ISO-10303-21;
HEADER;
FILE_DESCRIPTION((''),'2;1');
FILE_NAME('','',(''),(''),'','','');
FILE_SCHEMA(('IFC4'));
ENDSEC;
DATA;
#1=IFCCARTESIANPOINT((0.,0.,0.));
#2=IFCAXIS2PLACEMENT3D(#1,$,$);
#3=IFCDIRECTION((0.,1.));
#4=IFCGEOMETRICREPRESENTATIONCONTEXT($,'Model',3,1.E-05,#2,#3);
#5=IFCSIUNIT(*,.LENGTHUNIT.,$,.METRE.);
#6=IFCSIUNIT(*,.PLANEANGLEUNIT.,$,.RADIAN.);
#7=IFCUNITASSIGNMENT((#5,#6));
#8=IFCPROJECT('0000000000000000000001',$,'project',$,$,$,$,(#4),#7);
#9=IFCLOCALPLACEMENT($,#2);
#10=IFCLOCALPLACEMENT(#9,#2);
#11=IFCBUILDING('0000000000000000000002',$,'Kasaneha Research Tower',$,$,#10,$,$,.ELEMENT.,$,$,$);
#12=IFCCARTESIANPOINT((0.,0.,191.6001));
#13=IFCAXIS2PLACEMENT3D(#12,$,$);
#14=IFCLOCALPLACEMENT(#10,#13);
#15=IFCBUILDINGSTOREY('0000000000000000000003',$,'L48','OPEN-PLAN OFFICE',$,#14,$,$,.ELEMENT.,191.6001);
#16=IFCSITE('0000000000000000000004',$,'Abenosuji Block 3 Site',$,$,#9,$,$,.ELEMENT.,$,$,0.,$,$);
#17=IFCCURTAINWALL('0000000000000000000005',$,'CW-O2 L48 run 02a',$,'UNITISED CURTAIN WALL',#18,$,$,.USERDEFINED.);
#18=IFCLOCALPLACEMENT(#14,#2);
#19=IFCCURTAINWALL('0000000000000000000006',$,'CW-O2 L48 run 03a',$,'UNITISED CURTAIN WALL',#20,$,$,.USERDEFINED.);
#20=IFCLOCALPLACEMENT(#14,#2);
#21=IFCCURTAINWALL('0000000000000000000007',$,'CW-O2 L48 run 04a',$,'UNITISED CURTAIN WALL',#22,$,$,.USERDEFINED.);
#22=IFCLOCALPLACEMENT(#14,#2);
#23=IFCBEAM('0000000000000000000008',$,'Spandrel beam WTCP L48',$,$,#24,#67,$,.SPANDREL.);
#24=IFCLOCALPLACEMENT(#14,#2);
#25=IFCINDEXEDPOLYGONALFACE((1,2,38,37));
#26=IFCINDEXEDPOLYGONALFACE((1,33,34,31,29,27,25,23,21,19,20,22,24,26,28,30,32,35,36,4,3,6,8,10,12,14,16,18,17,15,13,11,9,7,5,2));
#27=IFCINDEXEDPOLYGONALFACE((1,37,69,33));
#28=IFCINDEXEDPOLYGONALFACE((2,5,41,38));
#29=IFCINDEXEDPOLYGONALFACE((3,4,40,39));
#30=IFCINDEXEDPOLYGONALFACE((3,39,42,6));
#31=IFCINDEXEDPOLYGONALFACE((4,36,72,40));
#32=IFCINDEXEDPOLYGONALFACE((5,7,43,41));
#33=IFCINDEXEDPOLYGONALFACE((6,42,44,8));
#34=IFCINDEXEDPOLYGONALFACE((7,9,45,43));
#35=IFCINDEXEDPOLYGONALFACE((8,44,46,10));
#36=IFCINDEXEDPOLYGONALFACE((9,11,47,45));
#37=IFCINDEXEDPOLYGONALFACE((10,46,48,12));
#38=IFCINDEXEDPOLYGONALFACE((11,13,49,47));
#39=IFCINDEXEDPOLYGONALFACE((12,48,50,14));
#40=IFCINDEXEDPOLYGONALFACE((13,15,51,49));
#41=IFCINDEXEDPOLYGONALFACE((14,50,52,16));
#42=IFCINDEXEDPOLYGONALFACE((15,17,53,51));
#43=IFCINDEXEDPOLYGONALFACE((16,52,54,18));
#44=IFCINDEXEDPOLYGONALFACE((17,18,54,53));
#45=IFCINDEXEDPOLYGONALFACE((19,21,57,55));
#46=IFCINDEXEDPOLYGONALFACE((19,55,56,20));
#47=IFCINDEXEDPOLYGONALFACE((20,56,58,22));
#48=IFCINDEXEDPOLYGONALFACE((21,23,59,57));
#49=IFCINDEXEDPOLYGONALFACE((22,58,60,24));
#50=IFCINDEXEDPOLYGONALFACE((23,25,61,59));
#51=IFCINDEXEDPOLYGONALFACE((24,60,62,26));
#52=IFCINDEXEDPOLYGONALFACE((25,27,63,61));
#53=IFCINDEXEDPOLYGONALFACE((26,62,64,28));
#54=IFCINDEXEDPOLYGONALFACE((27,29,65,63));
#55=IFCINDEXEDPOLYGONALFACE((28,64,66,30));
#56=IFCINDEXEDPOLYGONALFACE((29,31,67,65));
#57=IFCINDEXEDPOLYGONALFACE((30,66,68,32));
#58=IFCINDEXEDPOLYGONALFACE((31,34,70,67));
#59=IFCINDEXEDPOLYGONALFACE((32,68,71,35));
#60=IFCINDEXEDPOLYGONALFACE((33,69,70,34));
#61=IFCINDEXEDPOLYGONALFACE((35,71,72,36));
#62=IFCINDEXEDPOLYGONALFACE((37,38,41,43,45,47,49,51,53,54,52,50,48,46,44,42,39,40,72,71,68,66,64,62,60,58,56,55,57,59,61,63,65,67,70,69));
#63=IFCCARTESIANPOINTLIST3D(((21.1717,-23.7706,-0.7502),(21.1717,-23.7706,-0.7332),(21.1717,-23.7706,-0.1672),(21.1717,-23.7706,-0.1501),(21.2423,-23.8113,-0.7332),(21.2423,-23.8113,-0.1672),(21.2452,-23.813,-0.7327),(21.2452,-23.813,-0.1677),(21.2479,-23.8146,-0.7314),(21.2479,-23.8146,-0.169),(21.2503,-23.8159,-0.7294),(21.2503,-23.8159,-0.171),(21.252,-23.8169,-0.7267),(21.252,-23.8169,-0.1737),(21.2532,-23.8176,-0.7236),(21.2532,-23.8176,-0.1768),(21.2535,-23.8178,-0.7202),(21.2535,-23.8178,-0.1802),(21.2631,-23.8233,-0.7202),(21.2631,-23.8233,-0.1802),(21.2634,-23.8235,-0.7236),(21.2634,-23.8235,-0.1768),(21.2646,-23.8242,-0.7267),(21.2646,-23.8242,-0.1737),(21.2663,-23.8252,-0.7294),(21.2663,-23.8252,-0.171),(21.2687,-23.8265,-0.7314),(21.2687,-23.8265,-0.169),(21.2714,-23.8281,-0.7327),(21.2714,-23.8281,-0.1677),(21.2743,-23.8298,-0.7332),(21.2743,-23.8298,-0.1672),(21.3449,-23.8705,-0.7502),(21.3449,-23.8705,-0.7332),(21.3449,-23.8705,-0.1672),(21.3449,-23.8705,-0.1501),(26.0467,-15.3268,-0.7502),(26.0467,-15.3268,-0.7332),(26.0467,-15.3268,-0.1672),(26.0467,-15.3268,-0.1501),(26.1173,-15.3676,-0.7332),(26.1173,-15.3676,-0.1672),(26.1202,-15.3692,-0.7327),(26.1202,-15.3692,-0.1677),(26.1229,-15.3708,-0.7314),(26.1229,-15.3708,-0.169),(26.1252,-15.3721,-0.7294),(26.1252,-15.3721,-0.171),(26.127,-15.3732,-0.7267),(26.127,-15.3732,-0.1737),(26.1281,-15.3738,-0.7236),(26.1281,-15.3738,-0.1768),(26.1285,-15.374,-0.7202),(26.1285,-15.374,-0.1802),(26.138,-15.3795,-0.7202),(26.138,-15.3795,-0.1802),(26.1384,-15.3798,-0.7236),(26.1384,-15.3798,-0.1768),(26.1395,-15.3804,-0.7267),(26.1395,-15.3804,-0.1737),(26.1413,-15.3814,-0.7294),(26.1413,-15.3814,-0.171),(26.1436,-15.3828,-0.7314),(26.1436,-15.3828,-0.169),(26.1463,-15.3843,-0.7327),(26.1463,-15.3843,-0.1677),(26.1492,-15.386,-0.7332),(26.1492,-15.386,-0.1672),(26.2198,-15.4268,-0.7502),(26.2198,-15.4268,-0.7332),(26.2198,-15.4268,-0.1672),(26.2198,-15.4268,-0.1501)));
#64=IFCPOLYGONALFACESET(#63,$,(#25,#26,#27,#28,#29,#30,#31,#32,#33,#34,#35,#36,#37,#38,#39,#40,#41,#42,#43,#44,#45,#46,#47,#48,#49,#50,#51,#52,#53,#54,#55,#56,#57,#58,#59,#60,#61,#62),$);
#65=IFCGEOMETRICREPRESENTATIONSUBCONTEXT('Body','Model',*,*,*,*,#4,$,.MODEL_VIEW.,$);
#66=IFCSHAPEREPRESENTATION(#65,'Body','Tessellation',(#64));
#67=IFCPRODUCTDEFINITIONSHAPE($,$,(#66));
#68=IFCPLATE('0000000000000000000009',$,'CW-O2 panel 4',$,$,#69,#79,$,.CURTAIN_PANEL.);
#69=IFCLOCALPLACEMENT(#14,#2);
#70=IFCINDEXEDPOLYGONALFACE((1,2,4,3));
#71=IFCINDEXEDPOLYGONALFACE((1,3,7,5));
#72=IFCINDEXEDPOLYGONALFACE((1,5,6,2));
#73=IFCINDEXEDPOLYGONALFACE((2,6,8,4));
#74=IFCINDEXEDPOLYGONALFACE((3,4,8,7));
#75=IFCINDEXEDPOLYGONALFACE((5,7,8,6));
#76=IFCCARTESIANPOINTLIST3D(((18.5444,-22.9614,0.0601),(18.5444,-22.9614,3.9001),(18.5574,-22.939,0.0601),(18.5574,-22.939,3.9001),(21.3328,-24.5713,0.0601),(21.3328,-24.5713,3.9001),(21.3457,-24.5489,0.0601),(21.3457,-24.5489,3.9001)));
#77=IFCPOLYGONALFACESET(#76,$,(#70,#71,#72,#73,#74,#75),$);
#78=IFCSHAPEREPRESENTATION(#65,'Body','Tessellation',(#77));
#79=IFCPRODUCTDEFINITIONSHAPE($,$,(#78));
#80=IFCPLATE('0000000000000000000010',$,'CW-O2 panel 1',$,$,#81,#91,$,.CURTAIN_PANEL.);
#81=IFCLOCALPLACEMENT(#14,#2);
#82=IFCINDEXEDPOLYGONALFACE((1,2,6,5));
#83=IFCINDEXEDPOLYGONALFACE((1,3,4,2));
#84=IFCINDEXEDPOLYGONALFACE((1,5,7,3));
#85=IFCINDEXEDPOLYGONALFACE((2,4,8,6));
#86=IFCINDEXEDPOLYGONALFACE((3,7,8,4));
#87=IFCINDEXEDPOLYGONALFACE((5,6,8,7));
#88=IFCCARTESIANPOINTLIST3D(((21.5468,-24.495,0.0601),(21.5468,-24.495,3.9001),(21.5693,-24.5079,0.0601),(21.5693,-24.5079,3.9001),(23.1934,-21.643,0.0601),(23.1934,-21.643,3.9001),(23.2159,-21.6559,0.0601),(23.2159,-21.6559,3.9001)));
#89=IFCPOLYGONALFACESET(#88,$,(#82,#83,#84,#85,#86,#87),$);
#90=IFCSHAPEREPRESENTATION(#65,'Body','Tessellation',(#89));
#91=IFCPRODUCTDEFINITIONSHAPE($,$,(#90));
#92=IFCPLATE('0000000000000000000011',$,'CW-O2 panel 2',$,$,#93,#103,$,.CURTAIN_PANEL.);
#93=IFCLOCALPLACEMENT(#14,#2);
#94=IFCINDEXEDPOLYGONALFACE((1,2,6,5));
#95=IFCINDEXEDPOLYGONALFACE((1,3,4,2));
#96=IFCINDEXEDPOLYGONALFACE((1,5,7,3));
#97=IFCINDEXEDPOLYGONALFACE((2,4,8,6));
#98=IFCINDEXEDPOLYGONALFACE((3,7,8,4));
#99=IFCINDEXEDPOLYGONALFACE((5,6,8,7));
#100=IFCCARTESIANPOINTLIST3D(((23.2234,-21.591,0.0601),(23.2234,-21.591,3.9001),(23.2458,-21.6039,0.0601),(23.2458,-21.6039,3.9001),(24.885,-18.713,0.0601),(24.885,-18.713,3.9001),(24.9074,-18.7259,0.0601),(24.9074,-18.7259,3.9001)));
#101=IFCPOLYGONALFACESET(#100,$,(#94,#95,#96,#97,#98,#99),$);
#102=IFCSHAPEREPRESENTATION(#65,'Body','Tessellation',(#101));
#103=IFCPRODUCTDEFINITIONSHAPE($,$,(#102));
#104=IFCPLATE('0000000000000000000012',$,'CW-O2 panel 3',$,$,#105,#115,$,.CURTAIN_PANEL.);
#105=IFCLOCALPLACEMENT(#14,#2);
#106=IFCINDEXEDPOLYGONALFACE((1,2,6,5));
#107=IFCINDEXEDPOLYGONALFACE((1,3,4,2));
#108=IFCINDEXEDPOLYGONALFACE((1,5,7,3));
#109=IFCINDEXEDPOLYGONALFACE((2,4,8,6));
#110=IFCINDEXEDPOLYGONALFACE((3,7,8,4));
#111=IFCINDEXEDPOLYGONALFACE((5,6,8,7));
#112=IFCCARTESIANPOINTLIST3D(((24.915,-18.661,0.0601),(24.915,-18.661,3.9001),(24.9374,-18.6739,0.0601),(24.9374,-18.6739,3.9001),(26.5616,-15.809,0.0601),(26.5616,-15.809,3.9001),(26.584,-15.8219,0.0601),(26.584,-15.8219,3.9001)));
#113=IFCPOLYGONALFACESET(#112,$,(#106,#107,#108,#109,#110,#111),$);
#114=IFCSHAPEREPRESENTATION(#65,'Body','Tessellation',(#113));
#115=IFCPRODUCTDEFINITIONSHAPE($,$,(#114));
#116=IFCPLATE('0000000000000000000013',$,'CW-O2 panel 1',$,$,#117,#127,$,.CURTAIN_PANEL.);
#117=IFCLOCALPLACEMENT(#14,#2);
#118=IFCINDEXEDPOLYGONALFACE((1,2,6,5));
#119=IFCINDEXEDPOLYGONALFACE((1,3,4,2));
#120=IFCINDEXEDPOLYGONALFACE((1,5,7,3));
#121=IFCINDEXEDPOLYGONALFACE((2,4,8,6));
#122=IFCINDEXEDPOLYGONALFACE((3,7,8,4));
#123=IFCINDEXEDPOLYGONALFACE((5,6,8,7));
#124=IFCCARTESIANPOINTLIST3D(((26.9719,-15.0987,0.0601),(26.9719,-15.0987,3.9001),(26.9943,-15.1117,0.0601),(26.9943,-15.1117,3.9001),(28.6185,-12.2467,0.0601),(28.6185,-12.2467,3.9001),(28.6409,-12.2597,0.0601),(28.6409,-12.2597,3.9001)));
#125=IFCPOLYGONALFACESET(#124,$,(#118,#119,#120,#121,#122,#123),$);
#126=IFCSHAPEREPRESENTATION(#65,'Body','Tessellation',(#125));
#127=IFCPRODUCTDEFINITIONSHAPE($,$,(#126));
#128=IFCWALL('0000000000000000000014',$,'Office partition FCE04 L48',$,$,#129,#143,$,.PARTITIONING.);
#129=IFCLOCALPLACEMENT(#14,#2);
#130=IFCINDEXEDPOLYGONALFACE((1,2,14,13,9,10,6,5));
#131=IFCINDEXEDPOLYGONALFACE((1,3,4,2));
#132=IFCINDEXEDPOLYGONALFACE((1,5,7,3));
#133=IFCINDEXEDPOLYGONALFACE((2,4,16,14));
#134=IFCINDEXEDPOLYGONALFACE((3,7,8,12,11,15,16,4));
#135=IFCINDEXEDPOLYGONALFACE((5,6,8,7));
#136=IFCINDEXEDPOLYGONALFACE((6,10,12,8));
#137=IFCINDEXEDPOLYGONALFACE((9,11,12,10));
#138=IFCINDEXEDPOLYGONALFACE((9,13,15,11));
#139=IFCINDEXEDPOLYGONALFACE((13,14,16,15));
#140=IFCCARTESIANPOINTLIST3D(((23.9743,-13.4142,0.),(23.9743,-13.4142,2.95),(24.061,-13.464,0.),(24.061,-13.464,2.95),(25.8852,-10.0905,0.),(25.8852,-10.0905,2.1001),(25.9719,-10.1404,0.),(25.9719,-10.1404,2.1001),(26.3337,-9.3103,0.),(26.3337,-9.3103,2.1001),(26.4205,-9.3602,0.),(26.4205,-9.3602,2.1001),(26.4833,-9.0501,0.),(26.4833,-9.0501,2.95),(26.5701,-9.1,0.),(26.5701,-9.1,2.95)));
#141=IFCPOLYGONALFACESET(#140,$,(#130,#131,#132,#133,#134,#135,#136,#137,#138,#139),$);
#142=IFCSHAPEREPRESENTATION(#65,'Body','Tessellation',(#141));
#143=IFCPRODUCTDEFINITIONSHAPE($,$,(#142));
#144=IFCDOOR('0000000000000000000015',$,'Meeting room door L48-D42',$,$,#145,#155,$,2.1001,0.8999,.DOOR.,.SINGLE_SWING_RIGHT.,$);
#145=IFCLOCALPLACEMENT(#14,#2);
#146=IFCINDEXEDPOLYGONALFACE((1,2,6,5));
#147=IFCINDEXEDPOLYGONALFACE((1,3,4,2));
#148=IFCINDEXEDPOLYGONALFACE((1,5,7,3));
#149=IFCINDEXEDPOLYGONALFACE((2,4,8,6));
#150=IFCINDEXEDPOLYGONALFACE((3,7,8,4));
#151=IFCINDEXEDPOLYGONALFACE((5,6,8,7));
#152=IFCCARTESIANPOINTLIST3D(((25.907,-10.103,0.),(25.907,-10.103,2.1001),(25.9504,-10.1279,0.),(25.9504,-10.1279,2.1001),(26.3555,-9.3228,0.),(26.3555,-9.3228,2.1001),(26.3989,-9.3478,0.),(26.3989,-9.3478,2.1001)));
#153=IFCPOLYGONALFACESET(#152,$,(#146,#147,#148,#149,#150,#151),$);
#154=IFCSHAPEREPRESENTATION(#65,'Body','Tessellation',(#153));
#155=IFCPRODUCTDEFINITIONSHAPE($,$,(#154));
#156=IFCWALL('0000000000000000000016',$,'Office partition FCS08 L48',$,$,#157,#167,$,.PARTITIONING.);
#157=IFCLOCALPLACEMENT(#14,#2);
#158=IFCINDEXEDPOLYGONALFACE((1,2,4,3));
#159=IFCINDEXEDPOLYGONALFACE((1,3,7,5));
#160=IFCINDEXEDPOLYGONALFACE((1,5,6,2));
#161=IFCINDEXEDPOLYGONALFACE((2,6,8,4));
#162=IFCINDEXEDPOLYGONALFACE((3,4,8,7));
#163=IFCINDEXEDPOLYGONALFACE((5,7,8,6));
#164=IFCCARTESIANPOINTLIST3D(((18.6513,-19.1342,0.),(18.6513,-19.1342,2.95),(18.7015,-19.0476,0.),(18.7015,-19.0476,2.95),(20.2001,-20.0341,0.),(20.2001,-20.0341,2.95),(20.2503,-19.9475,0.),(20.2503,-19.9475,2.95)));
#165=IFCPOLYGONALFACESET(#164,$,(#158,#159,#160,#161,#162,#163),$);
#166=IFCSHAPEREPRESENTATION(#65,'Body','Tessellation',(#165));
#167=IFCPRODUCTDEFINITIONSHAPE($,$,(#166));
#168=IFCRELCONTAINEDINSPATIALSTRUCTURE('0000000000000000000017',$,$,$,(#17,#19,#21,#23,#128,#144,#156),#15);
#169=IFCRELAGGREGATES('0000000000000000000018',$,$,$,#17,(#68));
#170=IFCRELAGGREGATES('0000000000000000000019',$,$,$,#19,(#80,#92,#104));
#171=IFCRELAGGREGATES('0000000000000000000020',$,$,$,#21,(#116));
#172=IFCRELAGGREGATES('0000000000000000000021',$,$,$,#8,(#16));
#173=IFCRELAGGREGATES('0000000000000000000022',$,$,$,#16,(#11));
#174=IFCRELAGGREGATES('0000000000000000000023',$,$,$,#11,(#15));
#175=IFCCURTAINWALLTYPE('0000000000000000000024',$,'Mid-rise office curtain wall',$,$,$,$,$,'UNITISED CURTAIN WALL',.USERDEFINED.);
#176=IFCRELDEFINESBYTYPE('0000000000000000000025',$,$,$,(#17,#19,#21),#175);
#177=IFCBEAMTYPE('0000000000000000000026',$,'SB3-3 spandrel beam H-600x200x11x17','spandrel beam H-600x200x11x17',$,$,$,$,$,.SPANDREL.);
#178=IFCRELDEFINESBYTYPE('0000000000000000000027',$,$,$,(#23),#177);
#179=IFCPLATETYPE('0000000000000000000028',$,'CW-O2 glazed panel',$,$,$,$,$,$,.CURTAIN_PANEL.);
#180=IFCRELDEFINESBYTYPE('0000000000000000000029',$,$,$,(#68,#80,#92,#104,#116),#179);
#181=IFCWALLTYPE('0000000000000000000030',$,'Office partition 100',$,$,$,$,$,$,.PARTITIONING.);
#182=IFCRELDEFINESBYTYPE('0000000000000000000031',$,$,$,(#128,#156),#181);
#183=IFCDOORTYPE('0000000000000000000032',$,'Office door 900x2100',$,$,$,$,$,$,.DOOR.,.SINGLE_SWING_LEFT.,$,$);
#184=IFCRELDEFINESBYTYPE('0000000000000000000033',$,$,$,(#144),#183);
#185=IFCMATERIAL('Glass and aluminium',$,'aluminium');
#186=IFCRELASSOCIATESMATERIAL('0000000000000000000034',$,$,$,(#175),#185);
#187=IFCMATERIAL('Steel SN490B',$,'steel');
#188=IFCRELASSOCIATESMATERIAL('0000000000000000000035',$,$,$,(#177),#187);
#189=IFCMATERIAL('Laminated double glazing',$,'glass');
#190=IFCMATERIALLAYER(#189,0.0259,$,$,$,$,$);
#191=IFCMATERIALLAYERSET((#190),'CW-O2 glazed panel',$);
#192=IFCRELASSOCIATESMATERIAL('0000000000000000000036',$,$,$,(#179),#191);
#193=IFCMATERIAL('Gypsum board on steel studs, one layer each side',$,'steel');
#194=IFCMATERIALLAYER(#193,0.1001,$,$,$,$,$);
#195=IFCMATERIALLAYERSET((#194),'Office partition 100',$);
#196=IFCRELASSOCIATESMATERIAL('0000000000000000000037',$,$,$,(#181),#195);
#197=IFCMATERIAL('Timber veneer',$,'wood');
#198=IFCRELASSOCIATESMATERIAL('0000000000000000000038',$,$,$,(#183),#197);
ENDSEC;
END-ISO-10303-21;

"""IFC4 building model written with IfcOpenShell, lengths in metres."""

from ifc_helpers import new_model, si_unit, direction, frame, frame_2d, origin, origin_2d, place, context, subcontext, project, spatial, rectangle, i_section, extrude, material, layer, layer_set, material_profile, profile_set, type_object, element, fill, aggregate, save


model = new_model("IFC4")

# Units and contexts
model_context = context("Model", 3, precision=1e-05, world=origin(), true_north=direction((0.0, 1.0)))
body_context = subcontext(model_context, "Body", "Model", "MODEL_VIEW")
ifc_project = project(units=[si_unit("LENGTHUNIT", "METRE"), si_unit("PLANEANGLEUNIT", "RADIAN")], contexts=[model_context])

# Site, building, storey
site_placement = place(None, origin())
site = spatial("IfcSite", under=ifc_project, at=site_placement, Name="Abenosuji Block 3 Site", CompositionType="ELEMENT", RefElevation=0.0)
building_placement = place(site_placement, origin())
building = spatial("IfcBuilding", under=site, at=building_placement, Name="Kasaneha Research Tower", CompositionType="ELEMENT")
storey_placement = place(building_placement, frame((0.0, 0.0, 191.6001)))
storey = spatial("IfcBuildingStorey", under=building, at=storey_placement, Name="L48", Description="OPEN-PLAN OFFICE", CompositionType="ELEMENT", Elevation=191.6001)

# Curtain wall
ifc_material_1 = material(Name="Glass and aluminium", Category="aluminium")
curtain_wall_type = type_object("IfcCurtainWallType", Name="Mid-rise office curtain wall", ElementType="UNITISED CURTAIN WALL", PredefinedType="USERDEFINED", material=ifc_material_1)
curtain_wall_1_placement = place(storey_placement, origin())
curtain_wall_1 = element("IfcCurtainWall", 1, at=curtain_wall_1_placement, inside=storey, type_object=curtain_wall_type, Name="CW-O2 L48 run 02a", ObjectType="UNITISED CURTAIN WALL", PredefinedType="USERDEFINED")

# Curtain walls
curtain_wall_2_placement = place(storey_placement, origin())
curtain_wall_2 = element("IfcCurtainWall", 2, at=curtain_wall_2_placement, inside=storey, type_object=curtain_wall_type, Name="CW-O2 L48 run 03a", ObjectType="UNITISED CURTAIN WALL", PredefinedType="USERDEFINED")
curtain_wall_3_placement = place(storey_placement, origin())
curtain_wall_3 = element("IfcCurtainWall", 3, at=curtain_wall_3_placement, inside=storey, type_object=curtain_wall_type, Name="CW-O2 L48 run 04a", ObjectType="UNITISED CURTAIN WALL", PredefinedType="USERDEFINED")

# Beam
ifc_material_2 = material(Name="Steel SN490B", Category="steel")
ifc_material_profile_1 = material_profile(ifc_material_2, i_section(OverallWidth=0.2, OverallDepth=0.6001, WebThickness=0.011, FlangeThickness=0.0171, FilletRadius=0.0129, at=origin_2d()), Name="H-600x200x11x17")
ifc_profile_set_1 = profile_set([ifc_material_profile_1], Name="Steel SN490B")
beam_type = type_object("IfcBeamType", Name="SB3-3 spandrel beam H-600x200x11x17", Description="spandrel beam H-600x200x11x17", PredefinedType="SPANDREL", material=ifc_profile_set_1)
beam_placement = place(storey_placement, frame((21.2583, -23.8206, -0.4502), z_axis=(0.499996, 0.866028, 0.0), x_axis=(-0.866028, 0.499996, 0.0)))
element("IfcBeam", 4, at=beam_placement, inside=storey, type_object=beam_type, Name="Spandrel beam WTCP L48", PredefinedType="SPANDREL", context=body_context, shape_type="SweptSolid", body=[
    extrude(i_section(OverallWidth=0.2, OverallDepth=0.6001, WebThickness=0.011, FlangeThickness=0.0171, FilletRadius=0.0129, at=origin_2d()), origin(), (0.0, 0.0, 1.0), 9.75),
])

# Plates
ifc_material_3 = material(Name="Laminated double glazing", Category="glass")
ifc_layer_1 = layer(ifc_material_3, 0.0259)
ifc_layer_set_1 = layer_set([ifc_layer_1], Name="CW-O2 glazed panel")
plate_type = type_object("IfcPlateType", Name="CW-O2 glazed panel", PredefinedType="CURTAIN_PANEL", material=ifc_layer_set_1)
plate_1_placement = place(storey_placement, frame((19.9451, -23.7551, 0.0601), z_axis=(0.0, 0.0, 1.0), x_axis=(0.866025, -0.5, 0.0)))
plate_1 = element("IfcPlate", 5, at=plate_1_placement, type_object=plate_type, Name="CW-O2 panel 4", PredefinedType="CURTAIN_PANEL", context=body_context, shape_type="SweptSolid", body=[
    extrude(rectangle(XDim=3.2197, YDim=0.0259, at=origin_2d()), origin(), (0.0, 0.0, 1.0), 3.8401),
])
aggregate(curtain_wall_1, [plate_1])
plate_2_placement = place(storey_placement, frame((22.3813, -23.0754, 0.0601), z_axis=(0.0, 0.0, 1.0), x_axis=(0.5, 0.866025, 0.0)))
plate_2 = element("IfcPlate", 6, at=plate_2_placement, type_object=plate_type, Name="CW-O2 panel 1", PredefinedType="CURTAIN_PANEL", context=body_context, shape_type="SweptSolid", body=[
    extrude(rectangle(XDim=3.2932, YDim=0.0259, at=origin_2d()), origin(), (0.0, 0.0, 1.0), 3.8401),
])
plate_3_placement = place(storey_placement, frame((24.0654, -20.1584, 0.0601), z_axis=(0.0, 0.0, 1.0), x_axis=(0.5, 0.866025, 0.0)))
plate_3 = element("IfcPlate", 7, at=plate_3_placement, type_object=plate_type, Name="CW-O2 panel 2", PredefinedType="CURTAIN_PANEL", context=body_context, shape_type="SweptSolid", body=[
    extrude(rectangle(XDim=3.3232, YDim=0.0259, at=origin_2d()), origin(), (0.0, 0.0, 1.0), 3.8401),
])
plate_4_placement = place(storey_placement, frame((25.7495, -17.2415, 0.0601), z_axis=(0.0, 0.0, 1.0), x_axis=(0.5, 0.866025, 0.0)))
plate_4 = element("IfcPlate", 8, at=plate_4_placement, type_object=plate_type, Name="CW-O2 panel 3", PredefinedType="CURTAIN_PANEL", context=body_context, shape_type="SweptSolid", body=[
    extrude(rectangle(XDim=3.2932, YDim=0.0259, at=origin_2d()), origin(), (0.0, 0.0, 1.0), 3.8401),
])
aggregate(curtain_wall_2, [plate_2, plate_3, plate_4])
plate_5_placement = place(storey_placement, frame((27.8064, -13.6792, 0.0601), z_axis=(0.0, 0.0, 1.0), x_axis=(0.5, 0.866025, 0.0)))
plate_5 = element("IfcPlate", 9, at=plate_5_placement, type_object=plate_type, Name="CW-O2 panel 1", PredefinedType="CURTAIN_PANEL", context=body_context, shape_type="SweptSolid", body=[
    extrude(rectangle(XDim=3.2932, YDim=0.0259, at=origin_2d()), origin(), (0.0, 0.0, 1.0), 3.8401),
])
aggregate(curtain_wall_3, [plate_5])

# Wall, opening, door
ifc_material_4 = material(Name="Gypsum board on steel studs, one layer each side", Category="steel")
ifc_layer_2 = layer(ifc_material_4, 0.1001)
ifc_layer_set_2 = layer_set([ifc_layer_2], Name="Office partition 100")
wall_type_1 = type_object("IfcWallType", Name="Office partition 100", PredefinedType="PARTITIONING", material=ifc_layer_set_2)
wall_1_placement = place(storey_placement, frame((24.0176, -13.4392, 0.0), z_axis=(0.0, 0.0, 1.0), x_axis=(0.49843, 0.86693, 0.0)))
wall_1 = element("IfcWall", 10, at=wall_1_placement, inside=storey, type_object=wall_type_1, Name="Office partition FCE04 L48", PredefinedType="PARTITIONING", context=body_context, shape_type="SweptSolid", body=[
    extrude(rectangle(XDim=5.0339, YDim=0.1001, at=frame_2d((2.5171, 0.0))), origin(), (0.0, 0.0, 1.0), 2.95),
])
opening_1_placement = place(wall_1_placement, frame((3.834, 0.0, 0.0)))
opening_1 = element("IfcOpeningElement", 11, at=opening_1_placement, cuts=wall_1, PredefinedType="OPENING", context=body_context, shape_type="SweptSolid", body=[
    extrude(rectangle(XDim=0.8999, YDim=2.1001, at=frame_2d((0.45, 1.05))), frame((0.0, 0.0601, 0.0), z_axis=(0.0, -1.0, 0.0), x_axis=(1.0, 0.0, 0.0)), (0.0, 0.0, 1.0), 0.1201),
])
ifc_material_5 = material(Name="Timber veneer", Category="wood")
door_type_1 = type_object("IfcDoorType", Name="Office door 900x2100", OperationType="SINGLE_SWING_LEFT", PredefinedType="DOOR", material=ifc_material_5)
door_1_placement = place(opening_1_placement, origin())
door_1 = element("IfcDoor", 12, at=door_1_placement, inside=storey, type_object=door_type_1, Name="Meeting room door L48-D42", OperationType="SINGLE_SWING_RIGHT", OverallHeight=2.1001, OverallWidth=0.8999, PredefinedType="DOOR", context=body_context, shape_type="SweptSolid", body=[
    extrude(rectangle(XDim=0.8999, YDim=2.1001, at=frame_2d((0.45, 1.05))), frame((0.0, 0.0249, 0.0), z_axis=(0.0, -1.0, 0.0), x_axis=(1.0, 0.0, 0.0)), (0.0, 0.0, 1.0), 0.05),
])
fill(opening_1, door_1)

# Wall
wall_2_placement = place(storey_placement, frame((20.2251, -19.9907, 0.0), z_axis=(0.0, 0.0, 1.0), x_axis=(-0.864648, 0.502379, 0.0)))
element("IfcWall", 13, at=wall_2_placement, inside=storey, type_object=wall_type_1, Name="Office partition FCS08 L48", PredefinedType="PARTITIONING", context=body_context, shape_type="SweptSolid", body=[
    extrude(rectangle(XDim=1.7913, YDim=0.1001, at=frame_2d((0.8955, 0.0))), origin(), (0.0, 0.0, 1.0), 2.95),
])

save(model, "model.ifc")
